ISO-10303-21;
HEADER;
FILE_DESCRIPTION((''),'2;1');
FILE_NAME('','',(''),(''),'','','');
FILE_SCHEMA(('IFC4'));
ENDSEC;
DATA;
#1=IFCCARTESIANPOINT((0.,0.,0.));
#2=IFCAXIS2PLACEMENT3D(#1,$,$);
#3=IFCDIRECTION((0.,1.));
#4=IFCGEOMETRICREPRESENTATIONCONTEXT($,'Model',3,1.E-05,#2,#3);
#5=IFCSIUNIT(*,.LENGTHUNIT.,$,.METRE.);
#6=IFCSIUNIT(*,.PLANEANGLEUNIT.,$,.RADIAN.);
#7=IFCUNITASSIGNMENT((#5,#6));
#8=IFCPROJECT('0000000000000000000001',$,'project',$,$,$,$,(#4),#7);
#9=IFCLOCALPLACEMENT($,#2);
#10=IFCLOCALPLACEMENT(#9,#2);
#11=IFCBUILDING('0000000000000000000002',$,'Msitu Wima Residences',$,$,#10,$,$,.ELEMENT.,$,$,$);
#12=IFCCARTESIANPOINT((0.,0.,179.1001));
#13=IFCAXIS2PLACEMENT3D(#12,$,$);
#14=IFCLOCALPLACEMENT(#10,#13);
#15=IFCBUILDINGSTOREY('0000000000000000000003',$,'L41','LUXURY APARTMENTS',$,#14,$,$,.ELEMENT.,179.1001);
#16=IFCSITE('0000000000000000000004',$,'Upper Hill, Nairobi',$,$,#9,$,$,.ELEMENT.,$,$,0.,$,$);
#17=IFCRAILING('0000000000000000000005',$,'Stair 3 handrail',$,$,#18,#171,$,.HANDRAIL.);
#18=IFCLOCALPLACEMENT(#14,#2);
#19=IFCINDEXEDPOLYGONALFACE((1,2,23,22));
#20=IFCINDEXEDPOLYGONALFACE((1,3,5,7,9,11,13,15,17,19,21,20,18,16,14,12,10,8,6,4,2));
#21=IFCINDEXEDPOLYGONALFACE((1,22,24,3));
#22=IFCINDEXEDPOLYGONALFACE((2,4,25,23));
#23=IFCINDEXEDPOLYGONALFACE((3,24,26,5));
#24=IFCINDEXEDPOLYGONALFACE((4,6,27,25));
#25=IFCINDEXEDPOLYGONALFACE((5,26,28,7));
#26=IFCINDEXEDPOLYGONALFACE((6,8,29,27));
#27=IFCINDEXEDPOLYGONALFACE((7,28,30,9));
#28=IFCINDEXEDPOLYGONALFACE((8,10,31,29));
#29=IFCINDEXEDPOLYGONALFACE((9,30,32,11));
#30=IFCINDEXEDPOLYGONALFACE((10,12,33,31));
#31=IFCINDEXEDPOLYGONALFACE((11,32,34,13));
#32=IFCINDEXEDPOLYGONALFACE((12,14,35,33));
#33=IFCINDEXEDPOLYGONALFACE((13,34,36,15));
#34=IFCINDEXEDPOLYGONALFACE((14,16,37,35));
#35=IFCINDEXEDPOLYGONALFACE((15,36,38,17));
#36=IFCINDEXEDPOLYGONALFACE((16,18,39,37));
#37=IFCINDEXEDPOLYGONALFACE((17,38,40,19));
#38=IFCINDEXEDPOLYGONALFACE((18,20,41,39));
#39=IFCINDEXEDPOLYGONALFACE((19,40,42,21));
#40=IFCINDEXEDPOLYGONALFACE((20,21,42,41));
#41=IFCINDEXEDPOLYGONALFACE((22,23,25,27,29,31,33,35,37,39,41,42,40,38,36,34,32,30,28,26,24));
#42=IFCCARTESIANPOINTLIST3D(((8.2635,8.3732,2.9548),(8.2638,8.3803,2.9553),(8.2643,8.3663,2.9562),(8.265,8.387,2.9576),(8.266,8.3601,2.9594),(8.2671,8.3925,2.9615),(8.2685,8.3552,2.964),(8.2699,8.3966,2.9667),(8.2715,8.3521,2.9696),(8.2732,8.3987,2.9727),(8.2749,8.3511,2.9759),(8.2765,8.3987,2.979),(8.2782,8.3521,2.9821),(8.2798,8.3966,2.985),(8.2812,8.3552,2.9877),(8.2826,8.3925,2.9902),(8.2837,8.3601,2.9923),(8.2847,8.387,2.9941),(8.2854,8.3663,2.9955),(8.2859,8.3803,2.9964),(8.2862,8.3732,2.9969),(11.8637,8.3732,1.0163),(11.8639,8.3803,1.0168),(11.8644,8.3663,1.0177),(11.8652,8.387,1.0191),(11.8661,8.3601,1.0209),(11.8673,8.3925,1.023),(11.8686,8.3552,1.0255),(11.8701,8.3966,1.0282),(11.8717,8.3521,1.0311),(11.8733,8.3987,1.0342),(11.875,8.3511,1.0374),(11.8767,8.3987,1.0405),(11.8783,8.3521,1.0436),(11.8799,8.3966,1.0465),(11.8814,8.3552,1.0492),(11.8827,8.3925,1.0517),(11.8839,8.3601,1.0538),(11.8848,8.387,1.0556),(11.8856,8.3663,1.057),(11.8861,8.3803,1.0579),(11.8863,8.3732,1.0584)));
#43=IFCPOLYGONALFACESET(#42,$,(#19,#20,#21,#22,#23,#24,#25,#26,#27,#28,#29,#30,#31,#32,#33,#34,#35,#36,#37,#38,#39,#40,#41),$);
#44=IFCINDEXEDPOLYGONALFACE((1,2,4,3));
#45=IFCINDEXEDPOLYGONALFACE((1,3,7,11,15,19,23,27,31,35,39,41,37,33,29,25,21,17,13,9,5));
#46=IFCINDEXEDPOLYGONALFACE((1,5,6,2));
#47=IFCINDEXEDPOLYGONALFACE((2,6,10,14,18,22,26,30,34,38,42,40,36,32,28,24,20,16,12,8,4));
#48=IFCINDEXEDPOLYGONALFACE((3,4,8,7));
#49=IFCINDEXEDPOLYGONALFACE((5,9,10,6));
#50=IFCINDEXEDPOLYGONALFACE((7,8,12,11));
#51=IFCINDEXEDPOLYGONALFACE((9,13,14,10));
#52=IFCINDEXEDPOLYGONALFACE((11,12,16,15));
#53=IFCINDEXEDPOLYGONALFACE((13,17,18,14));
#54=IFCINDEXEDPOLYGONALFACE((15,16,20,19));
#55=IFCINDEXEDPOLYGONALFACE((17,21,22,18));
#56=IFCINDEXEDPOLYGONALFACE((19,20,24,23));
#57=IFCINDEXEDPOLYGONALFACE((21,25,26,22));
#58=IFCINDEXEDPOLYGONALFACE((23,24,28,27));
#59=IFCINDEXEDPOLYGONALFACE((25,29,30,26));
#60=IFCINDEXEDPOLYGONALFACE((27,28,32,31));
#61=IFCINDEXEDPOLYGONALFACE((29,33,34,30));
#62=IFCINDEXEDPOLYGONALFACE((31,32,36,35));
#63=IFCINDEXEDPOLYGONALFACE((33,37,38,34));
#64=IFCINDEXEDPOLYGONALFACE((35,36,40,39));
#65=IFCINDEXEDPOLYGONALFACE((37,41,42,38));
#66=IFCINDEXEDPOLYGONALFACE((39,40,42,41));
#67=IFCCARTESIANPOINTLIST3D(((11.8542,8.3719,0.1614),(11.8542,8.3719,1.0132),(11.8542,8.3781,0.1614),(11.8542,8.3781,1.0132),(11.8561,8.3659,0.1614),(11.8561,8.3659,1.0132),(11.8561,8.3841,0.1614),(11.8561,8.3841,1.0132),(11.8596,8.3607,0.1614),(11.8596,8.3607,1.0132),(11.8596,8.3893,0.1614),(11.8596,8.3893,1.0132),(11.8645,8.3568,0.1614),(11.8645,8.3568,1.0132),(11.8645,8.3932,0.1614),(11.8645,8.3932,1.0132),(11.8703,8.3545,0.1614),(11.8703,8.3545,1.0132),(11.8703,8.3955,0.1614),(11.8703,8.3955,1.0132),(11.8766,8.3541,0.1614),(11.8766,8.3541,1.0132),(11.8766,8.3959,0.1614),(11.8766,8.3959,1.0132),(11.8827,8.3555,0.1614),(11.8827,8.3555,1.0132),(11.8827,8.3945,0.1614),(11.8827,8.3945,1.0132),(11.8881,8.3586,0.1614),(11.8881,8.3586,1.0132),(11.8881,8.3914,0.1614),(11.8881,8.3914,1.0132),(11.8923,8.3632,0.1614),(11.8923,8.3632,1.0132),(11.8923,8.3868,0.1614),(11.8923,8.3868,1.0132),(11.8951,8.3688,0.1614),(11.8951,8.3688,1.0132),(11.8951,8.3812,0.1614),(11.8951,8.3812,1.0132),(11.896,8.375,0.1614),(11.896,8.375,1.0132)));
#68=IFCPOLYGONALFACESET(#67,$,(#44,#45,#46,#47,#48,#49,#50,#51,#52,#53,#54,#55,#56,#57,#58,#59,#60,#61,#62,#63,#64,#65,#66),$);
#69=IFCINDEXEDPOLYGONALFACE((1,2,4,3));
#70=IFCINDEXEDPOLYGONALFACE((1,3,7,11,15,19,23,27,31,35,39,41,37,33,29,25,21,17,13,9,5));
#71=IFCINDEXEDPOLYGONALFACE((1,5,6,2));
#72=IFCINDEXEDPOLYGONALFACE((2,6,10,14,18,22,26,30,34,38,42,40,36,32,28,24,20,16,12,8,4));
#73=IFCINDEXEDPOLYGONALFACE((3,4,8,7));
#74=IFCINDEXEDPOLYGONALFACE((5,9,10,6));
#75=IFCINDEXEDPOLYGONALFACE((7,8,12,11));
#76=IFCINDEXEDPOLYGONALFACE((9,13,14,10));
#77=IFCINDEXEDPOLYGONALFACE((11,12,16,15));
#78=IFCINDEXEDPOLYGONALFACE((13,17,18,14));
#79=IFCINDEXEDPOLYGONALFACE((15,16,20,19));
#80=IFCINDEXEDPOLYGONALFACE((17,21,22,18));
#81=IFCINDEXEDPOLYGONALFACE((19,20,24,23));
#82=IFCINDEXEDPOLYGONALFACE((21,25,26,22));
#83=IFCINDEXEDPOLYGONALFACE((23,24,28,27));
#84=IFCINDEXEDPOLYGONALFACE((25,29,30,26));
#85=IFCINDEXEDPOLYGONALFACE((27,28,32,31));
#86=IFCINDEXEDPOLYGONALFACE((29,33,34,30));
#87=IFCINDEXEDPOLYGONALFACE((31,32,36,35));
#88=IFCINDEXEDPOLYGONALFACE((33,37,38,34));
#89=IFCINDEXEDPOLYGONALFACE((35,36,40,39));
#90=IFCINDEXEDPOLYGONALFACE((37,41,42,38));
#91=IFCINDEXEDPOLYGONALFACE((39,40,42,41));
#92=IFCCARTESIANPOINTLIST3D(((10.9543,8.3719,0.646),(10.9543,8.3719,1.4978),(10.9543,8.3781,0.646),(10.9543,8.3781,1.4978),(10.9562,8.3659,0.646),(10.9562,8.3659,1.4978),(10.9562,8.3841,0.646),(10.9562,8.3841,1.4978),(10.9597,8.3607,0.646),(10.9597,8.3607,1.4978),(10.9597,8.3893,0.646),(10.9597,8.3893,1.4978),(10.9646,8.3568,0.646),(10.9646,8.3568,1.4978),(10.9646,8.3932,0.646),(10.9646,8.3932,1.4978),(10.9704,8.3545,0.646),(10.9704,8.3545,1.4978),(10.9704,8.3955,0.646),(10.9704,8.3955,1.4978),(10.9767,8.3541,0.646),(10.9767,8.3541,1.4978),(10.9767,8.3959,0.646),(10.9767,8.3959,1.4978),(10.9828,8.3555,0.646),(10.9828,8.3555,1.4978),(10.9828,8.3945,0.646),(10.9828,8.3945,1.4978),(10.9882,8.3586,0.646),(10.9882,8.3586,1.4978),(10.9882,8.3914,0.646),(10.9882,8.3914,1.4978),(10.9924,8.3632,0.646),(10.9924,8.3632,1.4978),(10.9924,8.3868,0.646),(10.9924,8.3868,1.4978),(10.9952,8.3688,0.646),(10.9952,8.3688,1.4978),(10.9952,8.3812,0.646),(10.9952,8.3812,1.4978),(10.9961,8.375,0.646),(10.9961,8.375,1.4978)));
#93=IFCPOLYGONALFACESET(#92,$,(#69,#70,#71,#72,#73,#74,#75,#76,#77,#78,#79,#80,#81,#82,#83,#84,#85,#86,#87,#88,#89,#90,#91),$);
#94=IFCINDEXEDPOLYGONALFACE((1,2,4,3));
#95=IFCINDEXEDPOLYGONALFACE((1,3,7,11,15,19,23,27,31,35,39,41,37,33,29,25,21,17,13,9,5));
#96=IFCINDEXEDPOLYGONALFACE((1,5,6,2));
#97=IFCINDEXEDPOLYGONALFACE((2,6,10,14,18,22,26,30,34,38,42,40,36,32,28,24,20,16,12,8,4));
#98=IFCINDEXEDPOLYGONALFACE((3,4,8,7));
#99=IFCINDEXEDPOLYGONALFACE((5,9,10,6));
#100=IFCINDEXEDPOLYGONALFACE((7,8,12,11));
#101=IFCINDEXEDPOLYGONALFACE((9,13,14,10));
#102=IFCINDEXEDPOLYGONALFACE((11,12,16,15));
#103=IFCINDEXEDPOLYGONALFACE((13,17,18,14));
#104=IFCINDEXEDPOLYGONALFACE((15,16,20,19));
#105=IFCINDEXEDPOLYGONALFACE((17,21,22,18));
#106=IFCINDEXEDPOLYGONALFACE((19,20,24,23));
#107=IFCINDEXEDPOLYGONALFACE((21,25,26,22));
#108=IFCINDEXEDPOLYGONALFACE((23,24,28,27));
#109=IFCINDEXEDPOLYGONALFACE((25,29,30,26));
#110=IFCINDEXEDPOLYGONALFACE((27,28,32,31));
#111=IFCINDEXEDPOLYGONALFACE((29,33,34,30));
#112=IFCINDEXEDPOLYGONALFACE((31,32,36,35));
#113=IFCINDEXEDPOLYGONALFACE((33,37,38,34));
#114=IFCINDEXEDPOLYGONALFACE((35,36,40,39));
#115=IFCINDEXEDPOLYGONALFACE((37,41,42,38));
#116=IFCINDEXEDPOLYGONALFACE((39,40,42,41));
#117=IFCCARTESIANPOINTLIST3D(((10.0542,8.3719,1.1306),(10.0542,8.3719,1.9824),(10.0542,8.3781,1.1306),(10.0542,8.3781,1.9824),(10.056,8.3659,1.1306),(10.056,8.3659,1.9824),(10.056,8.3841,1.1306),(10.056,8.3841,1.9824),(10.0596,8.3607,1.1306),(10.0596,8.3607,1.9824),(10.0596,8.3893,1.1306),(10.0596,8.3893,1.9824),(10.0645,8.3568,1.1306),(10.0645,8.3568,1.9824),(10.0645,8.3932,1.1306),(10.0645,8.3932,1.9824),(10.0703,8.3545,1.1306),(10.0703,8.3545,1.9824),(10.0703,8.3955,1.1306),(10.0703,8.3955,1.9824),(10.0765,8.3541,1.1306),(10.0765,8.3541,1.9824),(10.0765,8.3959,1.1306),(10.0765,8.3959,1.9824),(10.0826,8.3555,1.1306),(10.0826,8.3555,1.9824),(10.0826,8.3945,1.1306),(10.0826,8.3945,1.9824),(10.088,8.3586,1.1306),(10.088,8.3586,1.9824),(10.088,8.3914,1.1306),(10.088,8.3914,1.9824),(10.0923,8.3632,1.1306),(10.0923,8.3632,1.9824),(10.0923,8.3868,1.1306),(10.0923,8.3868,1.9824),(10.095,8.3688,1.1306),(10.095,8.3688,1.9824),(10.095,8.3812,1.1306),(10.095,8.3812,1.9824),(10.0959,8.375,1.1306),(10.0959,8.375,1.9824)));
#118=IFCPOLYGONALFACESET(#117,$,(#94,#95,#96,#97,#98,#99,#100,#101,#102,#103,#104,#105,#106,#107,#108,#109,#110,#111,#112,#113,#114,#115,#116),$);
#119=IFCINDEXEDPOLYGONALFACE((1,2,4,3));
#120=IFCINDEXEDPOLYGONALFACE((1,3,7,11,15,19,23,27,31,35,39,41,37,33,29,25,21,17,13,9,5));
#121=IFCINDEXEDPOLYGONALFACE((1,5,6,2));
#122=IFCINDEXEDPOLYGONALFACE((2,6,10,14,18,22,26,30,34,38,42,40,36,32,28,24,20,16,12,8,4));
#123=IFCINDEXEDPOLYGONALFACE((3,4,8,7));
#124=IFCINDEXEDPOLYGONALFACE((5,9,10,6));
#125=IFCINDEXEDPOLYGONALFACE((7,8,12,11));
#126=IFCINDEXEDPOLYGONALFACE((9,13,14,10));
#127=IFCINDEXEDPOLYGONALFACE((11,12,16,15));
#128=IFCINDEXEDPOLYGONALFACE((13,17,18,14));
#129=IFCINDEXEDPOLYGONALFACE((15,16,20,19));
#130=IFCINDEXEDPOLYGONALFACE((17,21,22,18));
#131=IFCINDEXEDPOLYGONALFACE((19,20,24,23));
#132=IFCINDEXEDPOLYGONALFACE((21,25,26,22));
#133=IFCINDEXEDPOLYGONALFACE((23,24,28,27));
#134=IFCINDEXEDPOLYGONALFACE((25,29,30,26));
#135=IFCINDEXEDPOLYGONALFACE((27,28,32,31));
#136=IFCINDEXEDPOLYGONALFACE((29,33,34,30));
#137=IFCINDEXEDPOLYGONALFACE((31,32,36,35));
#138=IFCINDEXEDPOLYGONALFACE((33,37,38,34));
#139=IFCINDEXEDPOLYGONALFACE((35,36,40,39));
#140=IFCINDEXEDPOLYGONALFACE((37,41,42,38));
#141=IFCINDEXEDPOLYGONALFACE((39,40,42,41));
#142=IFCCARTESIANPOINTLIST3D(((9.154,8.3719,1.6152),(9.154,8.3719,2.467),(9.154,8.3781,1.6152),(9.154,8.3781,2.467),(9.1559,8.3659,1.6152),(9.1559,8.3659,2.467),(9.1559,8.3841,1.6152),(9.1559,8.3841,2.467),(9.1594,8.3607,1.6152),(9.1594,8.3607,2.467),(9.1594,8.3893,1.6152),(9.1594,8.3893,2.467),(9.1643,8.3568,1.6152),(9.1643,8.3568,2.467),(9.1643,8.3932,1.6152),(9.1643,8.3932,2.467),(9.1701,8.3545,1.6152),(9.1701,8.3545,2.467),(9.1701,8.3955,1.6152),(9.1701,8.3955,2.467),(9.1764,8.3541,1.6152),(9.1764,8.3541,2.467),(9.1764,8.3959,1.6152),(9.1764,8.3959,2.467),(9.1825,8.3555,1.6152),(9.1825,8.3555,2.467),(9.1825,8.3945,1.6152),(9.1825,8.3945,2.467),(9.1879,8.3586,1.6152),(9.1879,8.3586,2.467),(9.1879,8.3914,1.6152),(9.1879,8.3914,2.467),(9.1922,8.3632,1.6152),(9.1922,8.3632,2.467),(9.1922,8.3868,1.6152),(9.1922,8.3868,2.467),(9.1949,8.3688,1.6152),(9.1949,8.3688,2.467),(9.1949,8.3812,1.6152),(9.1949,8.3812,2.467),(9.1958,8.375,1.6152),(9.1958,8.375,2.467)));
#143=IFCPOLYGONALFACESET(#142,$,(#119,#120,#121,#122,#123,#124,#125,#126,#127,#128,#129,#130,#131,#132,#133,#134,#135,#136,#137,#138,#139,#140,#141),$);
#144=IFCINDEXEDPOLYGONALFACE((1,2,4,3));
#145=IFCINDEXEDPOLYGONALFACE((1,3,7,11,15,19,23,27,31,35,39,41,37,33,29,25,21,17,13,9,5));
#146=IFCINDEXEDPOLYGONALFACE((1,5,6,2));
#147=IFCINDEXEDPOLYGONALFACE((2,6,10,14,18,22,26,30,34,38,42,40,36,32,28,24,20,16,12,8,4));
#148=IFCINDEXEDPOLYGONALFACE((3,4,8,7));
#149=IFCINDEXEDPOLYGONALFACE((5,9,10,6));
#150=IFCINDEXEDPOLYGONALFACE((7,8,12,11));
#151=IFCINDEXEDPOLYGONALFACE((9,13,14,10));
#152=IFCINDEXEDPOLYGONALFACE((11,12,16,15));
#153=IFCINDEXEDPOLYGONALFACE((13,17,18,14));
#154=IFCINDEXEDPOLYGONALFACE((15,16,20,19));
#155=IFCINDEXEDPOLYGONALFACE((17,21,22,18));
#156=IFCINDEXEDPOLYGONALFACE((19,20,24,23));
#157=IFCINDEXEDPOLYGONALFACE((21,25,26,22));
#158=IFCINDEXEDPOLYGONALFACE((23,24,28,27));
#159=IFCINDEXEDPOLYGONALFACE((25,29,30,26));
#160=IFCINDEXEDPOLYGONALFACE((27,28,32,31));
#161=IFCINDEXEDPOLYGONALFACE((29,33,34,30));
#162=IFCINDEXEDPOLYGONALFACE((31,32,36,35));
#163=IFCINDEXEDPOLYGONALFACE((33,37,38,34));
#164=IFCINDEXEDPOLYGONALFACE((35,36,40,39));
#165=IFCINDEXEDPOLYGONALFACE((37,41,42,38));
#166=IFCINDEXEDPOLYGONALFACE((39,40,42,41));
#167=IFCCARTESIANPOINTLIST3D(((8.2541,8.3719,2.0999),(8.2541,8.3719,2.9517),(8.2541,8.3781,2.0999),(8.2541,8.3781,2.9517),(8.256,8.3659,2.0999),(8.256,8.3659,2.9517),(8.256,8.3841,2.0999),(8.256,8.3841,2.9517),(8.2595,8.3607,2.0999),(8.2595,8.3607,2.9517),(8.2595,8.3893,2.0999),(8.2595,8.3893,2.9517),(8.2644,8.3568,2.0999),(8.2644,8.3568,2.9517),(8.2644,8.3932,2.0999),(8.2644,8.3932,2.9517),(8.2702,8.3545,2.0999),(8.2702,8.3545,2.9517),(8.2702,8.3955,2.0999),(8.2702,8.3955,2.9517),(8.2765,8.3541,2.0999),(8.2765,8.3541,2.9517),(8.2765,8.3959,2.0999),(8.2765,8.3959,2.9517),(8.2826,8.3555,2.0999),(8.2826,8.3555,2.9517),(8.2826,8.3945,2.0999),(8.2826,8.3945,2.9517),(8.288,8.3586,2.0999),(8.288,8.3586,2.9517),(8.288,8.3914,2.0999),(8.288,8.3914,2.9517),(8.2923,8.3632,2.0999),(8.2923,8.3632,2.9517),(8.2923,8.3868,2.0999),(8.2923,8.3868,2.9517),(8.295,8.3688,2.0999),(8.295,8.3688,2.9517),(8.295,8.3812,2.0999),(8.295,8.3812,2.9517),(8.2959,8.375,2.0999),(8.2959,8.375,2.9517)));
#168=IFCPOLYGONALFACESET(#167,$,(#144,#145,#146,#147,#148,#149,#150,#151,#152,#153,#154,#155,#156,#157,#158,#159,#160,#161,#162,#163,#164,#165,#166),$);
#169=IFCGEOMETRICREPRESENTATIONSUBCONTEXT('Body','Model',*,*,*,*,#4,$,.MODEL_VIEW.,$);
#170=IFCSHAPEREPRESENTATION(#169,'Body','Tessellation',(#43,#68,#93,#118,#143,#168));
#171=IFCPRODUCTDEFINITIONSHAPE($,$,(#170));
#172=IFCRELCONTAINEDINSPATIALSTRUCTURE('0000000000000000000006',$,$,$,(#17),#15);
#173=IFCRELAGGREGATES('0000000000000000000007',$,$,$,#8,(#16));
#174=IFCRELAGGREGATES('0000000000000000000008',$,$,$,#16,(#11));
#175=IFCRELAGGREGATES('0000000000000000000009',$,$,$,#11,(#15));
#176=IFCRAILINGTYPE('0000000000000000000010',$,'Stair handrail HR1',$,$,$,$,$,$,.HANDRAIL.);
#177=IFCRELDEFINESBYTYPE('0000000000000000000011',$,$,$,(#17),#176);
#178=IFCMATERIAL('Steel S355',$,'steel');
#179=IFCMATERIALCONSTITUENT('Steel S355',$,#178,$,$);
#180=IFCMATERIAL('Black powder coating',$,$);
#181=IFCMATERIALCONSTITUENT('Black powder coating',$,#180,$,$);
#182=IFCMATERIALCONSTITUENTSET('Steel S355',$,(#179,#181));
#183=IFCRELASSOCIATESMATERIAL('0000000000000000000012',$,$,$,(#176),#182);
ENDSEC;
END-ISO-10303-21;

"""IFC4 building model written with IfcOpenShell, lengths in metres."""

from ifc_helpers import new_model, si_unit, direction, frame, origin, origin_2d, place, context, subcontext, project, spatial, circle, extrude, material, constituent, constituent_set, type_object, element, save


model = new_model("IFC4")

# Units and contexts
model_context = context("Model", 3, precision=1e-05, world=origin(), true_north=direction((0.0, 1.0)))
body_context = subcontext(model_context, "Body", "Model", "MODEL_VIEW")
ifc_project = project(units=[si_unit("LENGTHUNIT", "METRE"), si_unit("PLANEANGLEUNIT", "RADIAN")], contexts=[model_context])

# Site, building, storey
site_placement = place(None, origin())
site = spatial("IfcSite", under=ifc_project, at=site_placement, Name="Upper Hill, Nairobi", CompositionType="ELEMENT", RefElevation=0.0)
building_placement = place(site_placement, origin())
building = spatial("IfcBuilding", under=site, at=building_placement, Name="Msitu Wima Residences", CompositionType="ELEMENT")
storey_placement = place(building_placement, frame((0.0, 0.0, 179.1001)))
storey = spatial("IfcBuildingStorey", under=building, at=storey_placement, Name="L41", Description="LUXURY APARTMENTS", CompositionType="ELEMENT", Elevation=179.1001)

# Railing
ifc_material_1 = material(Name="Steel S355", Category="steel")
ifc_constituent_1 = constituent(ifc_material_1, Name="Steel S355")
ifc_material_2 = material(Name="Black powder coating")
ifc_constituent_2 = constituent(ifc_material_2, Name="Black powder coating")
ifc_constituent_set_1 = constituent_set(constituents=[ifc_constituent_1, ifc_constituent_2], Name="Steel S355")
railing_type_1 = type_object("IfcRailingType", Name="Stair handrail HR1", PredefinedType="HANDRAIL", material=ifc_constituent_set_1)
for number, where, name in (
    (1, (11.875, 8.375, 0.1614), "Stair 3 handrail"),
):
    element("IfcRailing", number, at=place(storey_placement, frame(where)), inside=storey, type_object=railing_type_1, Name=name, PredefinedType="HANDRAIL", context=body_context, shape_type="SweptSolid", body=[
        extrude(circle(Radius=0.0239, at=origin_2d()), frame((0.0, 0.0, 0.876), z_axis=(-0.880475, 0.0, 0.474093), x_axis=(0.0, -1.0, 0.0)), (0.0, 0.0, 1.0), 4.0889),
        extrude(circle(Radius=0.021, at=origin_2d()), origin(), (0.0, 0.0, 1.0), 0.8518),
        extrude(circle(Radius=0.021, at=origin_2d()), frame((-0.8999, 0.0, 0.4846)), (0.0, 0.0, 1.0), 0.8518),
        extrude(circle(Radius=0.021, at=origin_2d()), frame((-1.8, 0.0, 0.9692)), (0.0, 0.0, 1.0), 0.8518),
        extrude(circle(Radius=0.021, at=origin_2d()), frame((-2.7002, 0.0, 1.4539)), (0.0, 0.0, 1.0), 0.8518),
        extrude(circle(Radius=0.021, at=origin_2d()), frame((-3.6001, 0.0, 1.9385)), (0.0, 0.0, 1.0), 0.8518),
    ])

save(model, "model.ifc")
